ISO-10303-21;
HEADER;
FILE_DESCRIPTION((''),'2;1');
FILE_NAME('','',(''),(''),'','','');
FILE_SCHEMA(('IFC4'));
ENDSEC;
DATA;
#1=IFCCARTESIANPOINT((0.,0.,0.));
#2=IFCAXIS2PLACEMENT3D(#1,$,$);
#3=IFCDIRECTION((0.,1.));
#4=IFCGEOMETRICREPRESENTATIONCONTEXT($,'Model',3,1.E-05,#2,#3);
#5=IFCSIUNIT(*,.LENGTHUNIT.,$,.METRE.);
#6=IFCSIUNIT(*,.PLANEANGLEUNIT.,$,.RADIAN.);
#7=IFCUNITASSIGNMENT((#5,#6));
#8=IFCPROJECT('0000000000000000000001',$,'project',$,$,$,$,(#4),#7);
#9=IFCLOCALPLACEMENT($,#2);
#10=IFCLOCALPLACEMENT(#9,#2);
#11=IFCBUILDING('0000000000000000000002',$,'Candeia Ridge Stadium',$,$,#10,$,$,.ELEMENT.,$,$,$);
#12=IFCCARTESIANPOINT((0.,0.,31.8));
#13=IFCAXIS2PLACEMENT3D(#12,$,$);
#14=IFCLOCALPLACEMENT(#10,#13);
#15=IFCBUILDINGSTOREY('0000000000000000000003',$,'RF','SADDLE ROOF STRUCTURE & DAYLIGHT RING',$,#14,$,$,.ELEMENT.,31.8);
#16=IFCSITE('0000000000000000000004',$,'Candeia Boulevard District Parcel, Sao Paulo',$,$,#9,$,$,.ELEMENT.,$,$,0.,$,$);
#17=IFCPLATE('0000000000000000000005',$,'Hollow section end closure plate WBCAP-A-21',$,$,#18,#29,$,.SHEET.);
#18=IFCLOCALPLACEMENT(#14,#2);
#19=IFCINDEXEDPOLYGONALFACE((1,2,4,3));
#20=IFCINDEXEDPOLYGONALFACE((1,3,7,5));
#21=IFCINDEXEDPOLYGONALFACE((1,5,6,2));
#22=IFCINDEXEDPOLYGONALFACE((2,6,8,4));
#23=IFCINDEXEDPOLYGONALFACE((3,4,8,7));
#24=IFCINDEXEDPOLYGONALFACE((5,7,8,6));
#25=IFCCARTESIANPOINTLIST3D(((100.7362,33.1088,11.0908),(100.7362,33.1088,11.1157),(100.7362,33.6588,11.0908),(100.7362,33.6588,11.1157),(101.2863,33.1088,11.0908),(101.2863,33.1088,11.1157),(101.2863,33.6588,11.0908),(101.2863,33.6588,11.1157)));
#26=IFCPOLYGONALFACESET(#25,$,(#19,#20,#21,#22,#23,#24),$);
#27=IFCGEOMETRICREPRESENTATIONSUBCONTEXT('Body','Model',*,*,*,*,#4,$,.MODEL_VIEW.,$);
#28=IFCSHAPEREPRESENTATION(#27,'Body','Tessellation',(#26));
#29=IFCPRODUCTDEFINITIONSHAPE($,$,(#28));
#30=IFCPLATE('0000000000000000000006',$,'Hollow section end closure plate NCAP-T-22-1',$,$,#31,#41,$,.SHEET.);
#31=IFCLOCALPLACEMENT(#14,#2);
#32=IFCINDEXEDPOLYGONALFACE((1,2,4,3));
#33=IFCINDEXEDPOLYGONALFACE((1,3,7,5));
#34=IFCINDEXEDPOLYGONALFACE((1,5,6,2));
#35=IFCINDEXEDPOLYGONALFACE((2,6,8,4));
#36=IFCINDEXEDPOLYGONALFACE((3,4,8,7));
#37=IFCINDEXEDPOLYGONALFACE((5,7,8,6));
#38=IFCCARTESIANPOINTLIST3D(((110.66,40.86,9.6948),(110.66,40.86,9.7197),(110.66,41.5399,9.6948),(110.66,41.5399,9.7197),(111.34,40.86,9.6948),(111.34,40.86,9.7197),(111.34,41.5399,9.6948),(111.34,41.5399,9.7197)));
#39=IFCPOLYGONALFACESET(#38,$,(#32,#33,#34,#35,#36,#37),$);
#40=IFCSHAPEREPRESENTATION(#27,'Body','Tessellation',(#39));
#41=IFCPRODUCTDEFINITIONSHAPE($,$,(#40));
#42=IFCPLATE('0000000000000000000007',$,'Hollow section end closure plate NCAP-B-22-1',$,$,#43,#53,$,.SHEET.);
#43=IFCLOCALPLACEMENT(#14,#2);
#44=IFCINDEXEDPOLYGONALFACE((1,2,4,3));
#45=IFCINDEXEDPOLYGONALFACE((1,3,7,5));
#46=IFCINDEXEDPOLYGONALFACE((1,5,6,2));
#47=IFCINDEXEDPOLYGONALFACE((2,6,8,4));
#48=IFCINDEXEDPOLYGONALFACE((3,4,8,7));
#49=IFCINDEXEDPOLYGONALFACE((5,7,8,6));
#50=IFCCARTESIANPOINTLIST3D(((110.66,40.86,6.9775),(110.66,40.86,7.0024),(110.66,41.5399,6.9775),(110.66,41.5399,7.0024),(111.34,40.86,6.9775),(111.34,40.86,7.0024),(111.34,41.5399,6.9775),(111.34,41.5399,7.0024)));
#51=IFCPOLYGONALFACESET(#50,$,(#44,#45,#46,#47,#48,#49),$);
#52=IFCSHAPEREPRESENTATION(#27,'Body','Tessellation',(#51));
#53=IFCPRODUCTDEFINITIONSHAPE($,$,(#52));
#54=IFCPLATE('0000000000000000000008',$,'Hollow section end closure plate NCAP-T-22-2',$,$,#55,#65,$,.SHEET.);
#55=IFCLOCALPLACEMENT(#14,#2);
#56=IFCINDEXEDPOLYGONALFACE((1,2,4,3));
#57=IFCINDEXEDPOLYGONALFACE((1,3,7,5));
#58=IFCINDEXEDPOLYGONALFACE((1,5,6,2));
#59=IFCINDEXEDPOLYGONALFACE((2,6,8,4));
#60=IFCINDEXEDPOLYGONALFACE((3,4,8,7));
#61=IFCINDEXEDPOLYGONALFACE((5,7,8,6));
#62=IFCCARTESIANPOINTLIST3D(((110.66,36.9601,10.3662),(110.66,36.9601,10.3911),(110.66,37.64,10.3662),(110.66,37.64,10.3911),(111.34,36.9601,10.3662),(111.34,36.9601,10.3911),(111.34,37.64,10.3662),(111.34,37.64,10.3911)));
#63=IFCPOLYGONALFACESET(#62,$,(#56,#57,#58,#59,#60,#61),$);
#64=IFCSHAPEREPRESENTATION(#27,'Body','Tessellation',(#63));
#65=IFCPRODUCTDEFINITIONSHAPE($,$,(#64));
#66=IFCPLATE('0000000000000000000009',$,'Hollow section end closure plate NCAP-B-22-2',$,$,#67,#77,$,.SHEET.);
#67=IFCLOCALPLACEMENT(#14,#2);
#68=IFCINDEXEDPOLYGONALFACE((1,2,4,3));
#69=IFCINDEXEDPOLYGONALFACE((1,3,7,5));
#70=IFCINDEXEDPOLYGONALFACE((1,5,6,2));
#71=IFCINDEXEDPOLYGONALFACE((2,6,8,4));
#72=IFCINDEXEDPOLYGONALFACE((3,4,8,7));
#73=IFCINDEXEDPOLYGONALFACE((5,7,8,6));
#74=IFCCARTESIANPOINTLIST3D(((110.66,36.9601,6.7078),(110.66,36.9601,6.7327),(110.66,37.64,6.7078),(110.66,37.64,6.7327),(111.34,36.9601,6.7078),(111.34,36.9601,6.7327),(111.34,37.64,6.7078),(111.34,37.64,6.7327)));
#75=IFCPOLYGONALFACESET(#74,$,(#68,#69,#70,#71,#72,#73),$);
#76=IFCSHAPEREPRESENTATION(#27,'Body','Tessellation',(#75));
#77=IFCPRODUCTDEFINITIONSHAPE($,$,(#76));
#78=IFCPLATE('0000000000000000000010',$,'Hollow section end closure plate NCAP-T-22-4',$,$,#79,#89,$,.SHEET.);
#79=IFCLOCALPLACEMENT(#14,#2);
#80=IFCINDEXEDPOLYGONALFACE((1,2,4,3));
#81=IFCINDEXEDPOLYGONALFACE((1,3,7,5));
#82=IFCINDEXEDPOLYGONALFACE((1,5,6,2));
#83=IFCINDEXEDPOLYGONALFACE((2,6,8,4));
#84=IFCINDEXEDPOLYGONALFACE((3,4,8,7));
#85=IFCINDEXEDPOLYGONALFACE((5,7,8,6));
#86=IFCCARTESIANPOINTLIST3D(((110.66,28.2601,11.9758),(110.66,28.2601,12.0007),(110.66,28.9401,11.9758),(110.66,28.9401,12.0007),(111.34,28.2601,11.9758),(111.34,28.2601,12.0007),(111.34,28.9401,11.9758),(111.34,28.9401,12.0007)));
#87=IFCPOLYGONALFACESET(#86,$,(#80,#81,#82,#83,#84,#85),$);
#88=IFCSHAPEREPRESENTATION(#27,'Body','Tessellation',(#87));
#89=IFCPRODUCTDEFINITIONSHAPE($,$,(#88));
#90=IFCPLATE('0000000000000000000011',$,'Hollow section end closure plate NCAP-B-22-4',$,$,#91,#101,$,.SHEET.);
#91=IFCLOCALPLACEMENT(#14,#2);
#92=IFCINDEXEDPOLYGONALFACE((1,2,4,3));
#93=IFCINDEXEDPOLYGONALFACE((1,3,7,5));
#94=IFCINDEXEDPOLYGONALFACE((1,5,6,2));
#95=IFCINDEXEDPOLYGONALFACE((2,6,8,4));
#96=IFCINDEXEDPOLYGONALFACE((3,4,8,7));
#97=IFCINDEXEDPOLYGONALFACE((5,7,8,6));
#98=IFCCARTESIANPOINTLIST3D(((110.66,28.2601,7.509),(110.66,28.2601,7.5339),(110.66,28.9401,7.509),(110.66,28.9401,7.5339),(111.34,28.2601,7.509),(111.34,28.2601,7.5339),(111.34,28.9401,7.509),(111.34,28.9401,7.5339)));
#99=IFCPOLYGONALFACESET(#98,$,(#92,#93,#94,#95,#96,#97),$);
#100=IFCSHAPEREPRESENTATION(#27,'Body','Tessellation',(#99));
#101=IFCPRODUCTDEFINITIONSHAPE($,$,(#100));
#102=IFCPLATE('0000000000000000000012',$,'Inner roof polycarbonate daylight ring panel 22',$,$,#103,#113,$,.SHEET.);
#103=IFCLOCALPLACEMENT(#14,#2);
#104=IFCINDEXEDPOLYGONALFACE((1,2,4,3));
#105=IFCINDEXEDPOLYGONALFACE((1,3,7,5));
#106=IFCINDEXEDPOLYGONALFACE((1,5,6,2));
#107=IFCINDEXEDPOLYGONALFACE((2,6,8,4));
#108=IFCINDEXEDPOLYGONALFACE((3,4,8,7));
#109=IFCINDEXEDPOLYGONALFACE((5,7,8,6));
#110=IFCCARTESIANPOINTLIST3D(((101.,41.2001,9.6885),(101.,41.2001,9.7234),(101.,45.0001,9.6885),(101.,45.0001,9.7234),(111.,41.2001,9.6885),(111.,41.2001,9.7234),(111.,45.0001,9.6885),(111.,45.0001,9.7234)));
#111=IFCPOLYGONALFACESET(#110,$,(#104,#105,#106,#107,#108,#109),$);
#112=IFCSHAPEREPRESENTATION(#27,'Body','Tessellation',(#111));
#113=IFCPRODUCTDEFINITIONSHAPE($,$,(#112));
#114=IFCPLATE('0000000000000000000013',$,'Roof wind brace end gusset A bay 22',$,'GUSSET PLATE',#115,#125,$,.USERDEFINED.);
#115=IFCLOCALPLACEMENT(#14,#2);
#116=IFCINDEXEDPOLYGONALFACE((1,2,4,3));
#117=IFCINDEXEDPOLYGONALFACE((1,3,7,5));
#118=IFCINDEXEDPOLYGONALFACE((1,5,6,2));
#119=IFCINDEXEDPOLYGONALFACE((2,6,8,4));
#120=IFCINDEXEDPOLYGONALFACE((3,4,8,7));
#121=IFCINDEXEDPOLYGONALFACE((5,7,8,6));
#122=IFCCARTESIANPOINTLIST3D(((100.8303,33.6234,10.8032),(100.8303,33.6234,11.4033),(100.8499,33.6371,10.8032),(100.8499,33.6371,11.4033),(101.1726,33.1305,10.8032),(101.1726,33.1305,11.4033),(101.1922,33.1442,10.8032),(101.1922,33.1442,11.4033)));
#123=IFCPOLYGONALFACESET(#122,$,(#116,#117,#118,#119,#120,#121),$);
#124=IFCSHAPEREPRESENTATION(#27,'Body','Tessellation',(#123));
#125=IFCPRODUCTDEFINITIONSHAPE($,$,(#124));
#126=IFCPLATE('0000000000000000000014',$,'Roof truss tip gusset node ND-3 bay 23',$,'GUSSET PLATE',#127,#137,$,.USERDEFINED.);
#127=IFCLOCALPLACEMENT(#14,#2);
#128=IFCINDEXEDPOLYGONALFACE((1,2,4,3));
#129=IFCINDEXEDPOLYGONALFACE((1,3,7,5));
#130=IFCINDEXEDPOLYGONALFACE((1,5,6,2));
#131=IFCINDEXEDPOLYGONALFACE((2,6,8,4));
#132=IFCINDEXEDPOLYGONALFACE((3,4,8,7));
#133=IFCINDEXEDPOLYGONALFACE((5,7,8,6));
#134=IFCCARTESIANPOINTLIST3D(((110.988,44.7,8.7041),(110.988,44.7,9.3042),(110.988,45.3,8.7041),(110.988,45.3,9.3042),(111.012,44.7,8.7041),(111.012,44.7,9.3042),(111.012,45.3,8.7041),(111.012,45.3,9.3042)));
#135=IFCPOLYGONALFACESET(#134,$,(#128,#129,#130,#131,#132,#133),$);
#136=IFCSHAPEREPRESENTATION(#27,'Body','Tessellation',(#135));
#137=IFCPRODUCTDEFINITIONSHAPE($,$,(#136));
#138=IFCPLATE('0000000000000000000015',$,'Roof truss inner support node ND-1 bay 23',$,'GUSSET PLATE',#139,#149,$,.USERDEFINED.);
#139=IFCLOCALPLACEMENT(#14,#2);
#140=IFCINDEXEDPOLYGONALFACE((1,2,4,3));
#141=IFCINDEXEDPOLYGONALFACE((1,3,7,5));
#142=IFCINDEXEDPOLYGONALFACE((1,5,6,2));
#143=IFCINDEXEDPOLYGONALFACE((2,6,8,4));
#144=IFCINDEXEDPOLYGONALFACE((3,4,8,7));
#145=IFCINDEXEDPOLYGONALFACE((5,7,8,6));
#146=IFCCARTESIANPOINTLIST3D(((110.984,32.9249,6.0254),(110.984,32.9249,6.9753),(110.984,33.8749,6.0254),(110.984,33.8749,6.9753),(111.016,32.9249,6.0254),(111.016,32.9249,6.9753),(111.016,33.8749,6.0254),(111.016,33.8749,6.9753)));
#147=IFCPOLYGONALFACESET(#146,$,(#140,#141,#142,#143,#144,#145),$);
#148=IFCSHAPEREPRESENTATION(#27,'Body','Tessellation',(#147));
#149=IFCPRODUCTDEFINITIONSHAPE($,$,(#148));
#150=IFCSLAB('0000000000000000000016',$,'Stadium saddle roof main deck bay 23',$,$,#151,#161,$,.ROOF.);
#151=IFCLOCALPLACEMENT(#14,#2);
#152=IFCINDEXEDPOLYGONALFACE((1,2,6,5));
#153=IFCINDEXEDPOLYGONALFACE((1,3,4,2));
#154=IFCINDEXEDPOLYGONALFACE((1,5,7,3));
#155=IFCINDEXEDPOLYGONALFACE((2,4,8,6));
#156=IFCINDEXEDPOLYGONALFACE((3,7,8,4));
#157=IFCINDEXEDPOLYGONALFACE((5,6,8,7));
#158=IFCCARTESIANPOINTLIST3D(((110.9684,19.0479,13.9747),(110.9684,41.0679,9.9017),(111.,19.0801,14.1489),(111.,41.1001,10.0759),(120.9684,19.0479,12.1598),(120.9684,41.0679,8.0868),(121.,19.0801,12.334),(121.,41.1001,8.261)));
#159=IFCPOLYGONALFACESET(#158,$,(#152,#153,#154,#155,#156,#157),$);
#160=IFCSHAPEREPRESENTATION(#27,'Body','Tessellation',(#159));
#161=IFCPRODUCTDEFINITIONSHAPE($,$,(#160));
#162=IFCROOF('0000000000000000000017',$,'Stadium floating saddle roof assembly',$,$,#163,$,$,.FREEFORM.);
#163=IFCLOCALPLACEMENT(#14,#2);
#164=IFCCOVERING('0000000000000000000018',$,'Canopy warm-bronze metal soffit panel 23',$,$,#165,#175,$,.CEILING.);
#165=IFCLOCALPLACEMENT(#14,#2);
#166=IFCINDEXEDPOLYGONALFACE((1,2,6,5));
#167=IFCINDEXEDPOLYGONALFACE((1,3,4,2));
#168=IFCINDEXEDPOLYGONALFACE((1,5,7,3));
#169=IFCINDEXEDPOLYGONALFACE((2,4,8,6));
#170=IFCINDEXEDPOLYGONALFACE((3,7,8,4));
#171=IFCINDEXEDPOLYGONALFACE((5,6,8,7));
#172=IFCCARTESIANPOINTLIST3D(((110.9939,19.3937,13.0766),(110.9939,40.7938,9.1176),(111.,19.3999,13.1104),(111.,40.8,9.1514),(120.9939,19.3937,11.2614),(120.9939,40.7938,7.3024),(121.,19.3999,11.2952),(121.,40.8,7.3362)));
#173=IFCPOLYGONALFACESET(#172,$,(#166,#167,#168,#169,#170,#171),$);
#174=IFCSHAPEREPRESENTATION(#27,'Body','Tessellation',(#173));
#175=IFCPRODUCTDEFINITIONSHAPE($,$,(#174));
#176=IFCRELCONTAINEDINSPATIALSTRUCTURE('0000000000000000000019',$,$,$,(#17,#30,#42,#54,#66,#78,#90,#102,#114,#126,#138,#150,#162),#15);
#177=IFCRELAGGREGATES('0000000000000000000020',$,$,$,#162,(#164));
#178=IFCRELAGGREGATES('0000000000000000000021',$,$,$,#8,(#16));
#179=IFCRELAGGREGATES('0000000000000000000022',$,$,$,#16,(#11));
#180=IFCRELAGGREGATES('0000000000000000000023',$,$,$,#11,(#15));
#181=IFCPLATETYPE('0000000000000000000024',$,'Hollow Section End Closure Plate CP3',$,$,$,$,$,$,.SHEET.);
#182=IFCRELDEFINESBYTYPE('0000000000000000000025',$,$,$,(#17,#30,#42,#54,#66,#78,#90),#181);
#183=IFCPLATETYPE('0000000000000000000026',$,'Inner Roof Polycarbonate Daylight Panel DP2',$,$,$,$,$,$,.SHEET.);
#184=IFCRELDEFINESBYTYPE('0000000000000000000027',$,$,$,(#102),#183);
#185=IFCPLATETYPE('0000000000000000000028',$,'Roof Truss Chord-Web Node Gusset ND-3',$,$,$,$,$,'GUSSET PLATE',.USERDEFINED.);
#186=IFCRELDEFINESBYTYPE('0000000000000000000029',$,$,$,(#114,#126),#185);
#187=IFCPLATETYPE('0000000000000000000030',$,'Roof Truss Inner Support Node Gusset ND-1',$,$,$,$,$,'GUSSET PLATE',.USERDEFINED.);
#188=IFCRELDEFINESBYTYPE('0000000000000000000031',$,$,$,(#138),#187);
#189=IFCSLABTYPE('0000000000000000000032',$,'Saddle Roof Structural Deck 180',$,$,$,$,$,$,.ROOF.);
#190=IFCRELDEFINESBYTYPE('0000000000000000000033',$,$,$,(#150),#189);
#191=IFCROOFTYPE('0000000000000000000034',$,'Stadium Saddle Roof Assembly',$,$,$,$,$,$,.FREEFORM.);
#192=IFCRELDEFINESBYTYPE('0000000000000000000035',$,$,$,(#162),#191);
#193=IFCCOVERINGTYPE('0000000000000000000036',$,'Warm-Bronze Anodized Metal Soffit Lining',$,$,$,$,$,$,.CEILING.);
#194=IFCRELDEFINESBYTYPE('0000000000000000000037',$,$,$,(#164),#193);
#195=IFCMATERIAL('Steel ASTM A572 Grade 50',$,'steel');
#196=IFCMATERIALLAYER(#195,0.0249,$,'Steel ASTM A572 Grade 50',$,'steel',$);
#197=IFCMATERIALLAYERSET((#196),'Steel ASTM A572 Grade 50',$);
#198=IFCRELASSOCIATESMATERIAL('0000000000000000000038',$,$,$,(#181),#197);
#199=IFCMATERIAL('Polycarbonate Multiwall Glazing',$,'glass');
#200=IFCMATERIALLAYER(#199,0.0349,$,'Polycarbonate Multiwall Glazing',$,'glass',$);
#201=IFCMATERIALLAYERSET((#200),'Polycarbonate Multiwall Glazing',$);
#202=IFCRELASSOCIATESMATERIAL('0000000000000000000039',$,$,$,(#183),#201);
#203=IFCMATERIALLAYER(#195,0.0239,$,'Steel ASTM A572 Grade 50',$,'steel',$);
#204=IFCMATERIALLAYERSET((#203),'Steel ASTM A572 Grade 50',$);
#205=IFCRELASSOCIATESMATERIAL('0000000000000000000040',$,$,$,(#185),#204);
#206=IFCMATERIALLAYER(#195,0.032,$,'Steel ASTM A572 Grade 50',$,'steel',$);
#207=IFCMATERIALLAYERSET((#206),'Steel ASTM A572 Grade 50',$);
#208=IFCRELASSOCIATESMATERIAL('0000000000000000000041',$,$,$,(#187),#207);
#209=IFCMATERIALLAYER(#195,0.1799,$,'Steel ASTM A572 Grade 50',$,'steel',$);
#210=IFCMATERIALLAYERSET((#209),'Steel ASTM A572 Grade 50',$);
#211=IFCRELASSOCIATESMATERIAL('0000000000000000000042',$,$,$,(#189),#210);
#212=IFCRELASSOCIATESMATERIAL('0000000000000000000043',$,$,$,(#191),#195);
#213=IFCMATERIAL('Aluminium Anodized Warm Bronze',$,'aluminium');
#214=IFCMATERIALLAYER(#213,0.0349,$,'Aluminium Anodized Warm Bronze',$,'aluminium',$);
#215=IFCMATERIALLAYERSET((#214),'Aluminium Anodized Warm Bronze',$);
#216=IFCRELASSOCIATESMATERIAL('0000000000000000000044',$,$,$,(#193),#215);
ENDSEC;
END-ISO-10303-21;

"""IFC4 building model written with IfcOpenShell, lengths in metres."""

from ifc_helpers import new_model, si_unit, direction, frame, origin, origin_2d, place, context, subcontext, project, spatial, polyline, rectangle, outline, extrude, material, layer, layer_set, type_object, element, aggregate, save


model = new_model("IFC4")

# Units and contexts
model_context = context("Model", 3, precision=1e-05, world=origin(), true_north=direction((0.0, 1.0)))
body_context = subcontext(model_context, "Body", "Model", "MODEL_VIEW")
ifc_project = project(units=[si_unit("LENGTHUNIT", "METRE"), si_unit("PLANEANGLEUNIT", "RADIAN")], contexts=[model_context])

# Site, building, storey
site_placement = place(None, origin())
site = spatial("IfcSite", under=ifc_project, at=site_placement, Name="Candeia Boulevard District Parcel, Sao Paulo", CompositionType="ELEMENT", RefElevation=0.0)
building_placement = place(site_placement, origin())
building = spatial("IfcBuilding", under=site, at=building_placement, Name="Candeia Ridge Stadium", CompositionType="ELEMENT")
storey_placement = place(building_placement, frame((0.0, 0.0, 31.8)))
storey = spatial("IfcBuildingStorey", under=building, at=storey_placement, Name="RF", Description="SADDLE ROOF STRUCTURE & DAYLIGHT RING", CompositionType="ELEMENT", Elevation=31.8)

# Shared definitions
ifc_material_1 = material(Name="Steel ASTM A572 Grade 50", Category="steel")

# Plates
ifc_layer_1 = layer(ifc_material_1, 0.0249, Name="Steel ASTM A572 Grade 50", Category="steel")
ifc_layer_set_1 = layer_set([ifc_layer_1], Name="Steel ASTM A572 Grade 50")
plate_type_1 = type_object("IfcPlateType", Name="Hollow Section End Closure Plate CP3", PredefinedType="SHEET", material=ifc_layer_set_1)
plate_1_placement = place(storey_placement, frame((101.0112, 33.3838, 11.0908), z_axis=(0.0, 0.0, 1.0), x_axis=(1.0, 0.0, 0.0)))
element("IfcPlate", 1, at=plate_1_placement, inside=storey, type_object=plate_type_1, Name="Hollow section end closure plate WBCAP-A-21", PredefinedType="SHEET", context=body_context, shape_type="SweptSolid", body=[
    extrude(rectangle(XDim=0.55, YDim=0.55, at=origin_2d()), origin(), (0.0, 0.0, 1.0), 0.0249),
])
for number, where, z_axis, x_axis, name in (
    (2, (111.0, 41.2, 9.6948), (0.0, 0.0, 1.0), (1.0, 0.0, 0.0), "Hollow section end closure plate NCAP-T-22-1"),
    (3, (111.0, 41.2, 6.9775), (0.0, 0.0, 1.0), (1.0, 0.0, 0.0), "Hollow section end closure plate NCAP-B-22-1"),
    (4, (111.0, 37.3, 10.3662), (0.0, 0.0, 1.0), (1.0, 0.0, 0.0), "Hollow section end closure plate NCAP-T-22-2"),
    (5, (111.0, 37.3, 6.7078), (0.0, 0.0, 1.0), (1.0, 0.0, 0.0), "Hollow section end closure plate NCAP-B-22-2"),
    (6, (111.0, 28.6001, 11.9758), (0.0, 0.0, 1.0), (1.0, 0.0, 0.0), "Hollow section end closure plate NCAP-T-22-4"),
    (7, (111.0, 28.6001, 7.509), (0.0, 0.0, 1.0), (1.0, 0.0, 0.0), "Hollow section end closure plate NCAP-B-22-4"),
):
    element("IfcPlate", number, at=place(storey_placement, frame(where, z_axis=z_axis, x_axis=x_axis)), inside=storey, type_object=plate_type_1, Name=name, PredefinedType="SHEET", context=body_context, shape_type="SweptSolid", body=[
        extrude(rectangle(XDim=0.6799, YDim=0.6799, at=origin_2d()), origin(), (0.0, 0.0, 1.0), 0.0249),
    ])
ifc_material_2 = material(Name="Polycarbonate Multiwall Glazing", Category="glass")
ifc_layer_2 = layer(ifc_material_2, 0.0349, Name="Polycarbonate Multiwall Glazing", Category="glass")
ifc_layer_set_2 = layer_set([ifc_layer_2], Name="Polycarbonate Multiwall Glazing")
plate_type_2 = type_object("IfcPlateType", Name="Inner Roof Polycarbonate Daylight Panel DP2", PredefinedType="SHEET", material=ifc_layer_set_2)
plate_2_placement = place(storey_placement, frame((106.0, 43.1001, 9.6885), z_axis=(0.0, 0.0, 1.0), x_axis=(1.0, 0.0, 0.0)))
element("IfcPlate", 8, at=plate_2_placement, inside=storey, type_object=plate_type_2, Name="Inner roof polycarbonate daylight ring panel 22", PredefinedType="SHEET", context=body_context, shape_type="SweptSolid", body=[
    extrude(rectangle(XDim=10.0, YDim=3.8, at=origin_2d()), origin(), (0.0, 0.0, 1.0), 0.0349),
])
ifc_layer_3 = layer(ifc_material_1, 0.0239, Name="Steel ASTM A572 Grade 50", Category="steel")
ifc_layer_set_3 = layer_set([ifc_layer_3], Name="Steel ASTM A572 Grade 50")
plate_type_3 = type_object("IfcPlateType", Name="Roof Truss Chord-Web Node Gusset ND-3", ElementType="GUSSET PLATE", PredefinedType="USERDEFINED", material=ifc_layer_set_3)
for number, where, z_axis, x_axis, name in (
    (9, (101.0112, 33.3838, 10.8032), (0.0, 0.0, 1.0), (0.570395, -0.82137, 0.0), "Roof wind brace end gusset A bay 22"),
    (10, (111.0, 45.0, 8.7041), (0.0, 0.0, 1.0), (0.0, -1.0, 0.0), "Roof truss tip gusset node ND-3 bay 23"),
):
    element("IfcPlate", number, at=place(storey_placement, frame(where, z_axis=z_axis, x_axis=x_axis)), inside=storey, type_object=plate_type_3, Name=name, ObjectType="GUSSET PLATE", PredefinedType="USERDEFINED", context=body_context, shape_type="SweptSolid", body=[
        extrude(rectangle(XDim=0.6001, YDim=0.0239, at=origin_2d()), origin(), (0.0, 0.0, 1.0), 0.6001),
    ])
ifc_layer_4 = layer(ifc_material_1, 0.032, Name="Steel ASTM A572 Grade 50", Category="steel")
ifc_layer_set_4 = layer_set([ifc_layer_4], Name="Steel ASTM A572 Grade 50")
plate_type_4 = type_object("IfcPlateType", Name="Roof Truss Inner Support Node Gusset ND-1", ElementType="GUSSET PLATE", PredefinedType="USERDEFINED", material=ifc_layer_set_4)
plate_3_placement = place(storey_placement, frame((111.0, 33.3999, 6.0254), z_axis=(0.0, 0.0, 1.0), x_axis=(0.0, -1.0, 0.0)))
element("IfcPlate", 11, at=plate_3_placement, inside=storey, type_object=plate_type_4, Name="Roof truss inner support node ND-1 bay 23", ObjectType="GUSSET PLATE", PredefinedType="USERDEFINED", context=body_context, shape_type="SweptSolid", body=[
    extrude(rectangle(XDim=0.95, YDim=0.032, at=origin_2d()), origin(), (0.0, 0.0, 1.0), 0.95),
])

# Slab
ifc_layer_5 = layer(ifc_material_1, 0.1799, Name="Steel ASTM A572 Grade 50", Category="steel")
ifc_layer_set_5 = layer_set([ifc_layer_5], Name="Steel ASTM A572 Grade 50")
slab_type = type_object("IfcSlabType", Name="Saddle Roof Structural Deck 180", PredefinedType="ROOF", material=ifc_layer_set_5)
slab_placement = place(storey_placement, frame((111.0, 41.1001, 10.0759), z_axis=(0.175691, 0.179054, 0.968025), x_axis=(0.983926, 0.0, -0.178577)))
element("IfcSlab", 12, at=slab_placement, inside=storey, type_object=slab_type, Name="Stadium saddle roof main deck bay 23", PredefinedType="ROOF", context=body_context, shape_type="SweptSolid", body=[
    extrude(outline(polyline([(0.0, 0.0), (10.1634, 0.0), (9.436, -22.3817), (-0.7273, -22.3817), (0.0, 0.0)])), origin(), (0.0, 0.0, -1.0), 0.1799),
])

# Roof, covering
roof_type = type_object("IfcRoofType", Name="Stadium Saddle Roof Assembly", PredefinedType="FREEFORM", material=ifc_material_1)
roof_placement = place(storey_placement, origin())
roof = element("IfcRoof", 13, at=roof_placement, inside=storey, type_object=roof_type, Name="Stadium floating saddle roof assembly", PredefinedType="FREEFORM")
ifc_material_3 = material(Name="Aluminium Anodized Warm Bronze", Category="aluminium")
ifc_layer_6 = layer(ifc_material_3, 0.0349, Name="Aluminium Anodized Warm Bronze", Category="aluminium")
ifc_layer_set_6 = layer_set([ifc_layer_6], Name="Aluminium Anodized Warm Bronze")
covering_type = type_object("IfcCoveringType", Name="Warm-Bronze Anodized Metal Soffit Lining", PredefinedType="CEILING", material=ifc_layer_set_6)
covering_placement = place(storey_placement, frame((111.0, 40.8, 9.1514), z_axis=(0.175713, 0.179081, 0.968016), x_axis=(0.983922, 0.0, -0.1786)))
covering = element("IfcCovering", 14, at=covering_placement, type_object=covering_type, Name="Canopy warm-bronze metal soffit panel 23", PredefinedType="CEILING", context=body_context, shape_type="SweptSolid", body=[
    extrude(outline(polyline([(0.0, 0.0), (10.1634, 0.0), (9.4563, -21.7518), (-0.7071, -21.7518), (0.0, 0.0)])), origin(), (0.0, 0.0, -1.0), 0.0349),
])
aggregate(roof, [covering])

save(model, "model.ifc")
